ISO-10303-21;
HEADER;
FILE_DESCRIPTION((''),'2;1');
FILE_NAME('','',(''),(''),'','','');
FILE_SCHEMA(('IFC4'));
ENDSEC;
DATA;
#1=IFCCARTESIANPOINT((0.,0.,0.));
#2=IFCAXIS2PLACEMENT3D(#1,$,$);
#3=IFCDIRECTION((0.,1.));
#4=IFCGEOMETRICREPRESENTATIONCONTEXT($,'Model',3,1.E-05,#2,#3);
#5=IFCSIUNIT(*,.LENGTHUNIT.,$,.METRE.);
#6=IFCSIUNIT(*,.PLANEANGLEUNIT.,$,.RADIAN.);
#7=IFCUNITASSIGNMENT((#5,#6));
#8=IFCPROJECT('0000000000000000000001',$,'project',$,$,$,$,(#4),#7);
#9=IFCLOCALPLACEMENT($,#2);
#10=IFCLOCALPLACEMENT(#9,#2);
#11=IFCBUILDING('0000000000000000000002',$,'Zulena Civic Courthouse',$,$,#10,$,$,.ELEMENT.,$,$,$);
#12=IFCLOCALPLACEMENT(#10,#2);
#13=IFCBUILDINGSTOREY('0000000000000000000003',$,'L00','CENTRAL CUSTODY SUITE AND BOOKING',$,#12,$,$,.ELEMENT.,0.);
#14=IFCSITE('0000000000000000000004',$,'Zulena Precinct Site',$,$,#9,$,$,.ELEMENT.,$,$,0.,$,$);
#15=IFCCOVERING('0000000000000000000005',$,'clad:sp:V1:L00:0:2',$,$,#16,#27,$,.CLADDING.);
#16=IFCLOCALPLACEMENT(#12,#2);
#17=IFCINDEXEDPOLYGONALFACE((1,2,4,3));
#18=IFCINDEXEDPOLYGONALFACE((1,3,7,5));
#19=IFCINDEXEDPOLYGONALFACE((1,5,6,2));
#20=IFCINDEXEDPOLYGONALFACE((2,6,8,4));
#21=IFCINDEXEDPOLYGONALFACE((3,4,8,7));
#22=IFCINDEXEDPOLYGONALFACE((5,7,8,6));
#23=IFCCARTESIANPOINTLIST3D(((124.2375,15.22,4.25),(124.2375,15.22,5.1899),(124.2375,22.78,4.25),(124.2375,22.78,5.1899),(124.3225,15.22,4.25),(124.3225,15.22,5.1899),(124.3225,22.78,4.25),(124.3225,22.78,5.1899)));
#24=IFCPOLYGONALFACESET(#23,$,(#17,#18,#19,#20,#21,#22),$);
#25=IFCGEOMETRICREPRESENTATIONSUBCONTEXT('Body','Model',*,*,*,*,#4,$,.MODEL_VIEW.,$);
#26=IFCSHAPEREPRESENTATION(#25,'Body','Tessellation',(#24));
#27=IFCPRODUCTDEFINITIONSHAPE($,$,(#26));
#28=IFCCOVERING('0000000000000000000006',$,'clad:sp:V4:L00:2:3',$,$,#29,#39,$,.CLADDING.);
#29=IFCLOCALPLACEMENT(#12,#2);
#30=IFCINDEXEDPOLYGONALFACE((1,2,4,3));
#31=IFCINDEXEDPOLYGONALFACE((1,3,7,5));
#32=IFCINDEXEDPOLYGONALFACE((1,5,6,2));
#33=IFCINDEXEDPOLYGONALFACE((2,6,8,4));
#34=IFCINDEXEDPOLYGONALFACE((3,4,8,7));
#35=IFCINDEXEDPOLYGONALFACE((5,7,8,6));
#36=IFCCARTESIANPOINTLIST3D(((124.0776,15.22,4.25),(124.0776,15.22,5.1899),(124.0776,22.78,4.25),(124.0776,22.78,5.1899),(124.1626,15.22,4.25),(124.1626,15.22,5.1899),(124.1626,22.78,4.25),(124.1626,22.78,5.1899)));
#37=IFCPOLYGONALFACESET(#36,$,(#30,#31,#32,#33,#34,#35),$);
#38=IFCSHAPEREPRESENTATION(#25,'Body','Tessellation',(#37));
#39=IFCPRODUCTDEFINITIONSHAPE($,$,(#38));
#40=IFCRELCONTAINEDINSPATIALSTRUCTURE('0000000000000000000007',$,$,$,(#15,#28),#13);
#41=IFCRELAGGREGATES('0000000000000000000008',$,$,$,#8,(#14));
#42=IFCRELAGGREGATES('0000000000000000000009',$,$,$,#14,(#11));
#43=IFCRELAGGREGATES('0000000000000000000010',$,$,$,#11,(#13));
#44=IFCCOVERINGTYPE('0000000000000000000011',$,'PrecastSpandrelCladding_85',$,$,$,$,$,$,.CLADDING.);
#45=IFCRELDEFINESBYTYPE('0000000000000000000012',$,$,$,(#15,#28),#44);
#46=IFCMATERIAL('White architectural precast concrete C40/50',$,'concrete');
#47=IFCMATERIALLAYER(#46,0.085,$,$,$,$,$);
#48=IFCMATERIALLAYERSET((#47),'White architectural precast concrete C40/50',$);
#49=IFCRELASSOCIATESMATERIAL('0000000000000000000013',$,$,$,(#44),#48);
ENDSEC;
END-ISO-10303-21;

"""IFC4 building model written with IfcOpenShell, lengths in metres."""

from ifc_helpers import new_model, si_unit, direction, frame, origin, origin_2d, place, context, subcontext, project, spatial, rectangle, extrude, material, layer, layer_set, type_object, element, save


model = new_model("IFC4")

# Units and contexts
model_context = context("Model", 3, precision=1e-05, world=origin(), true_north=direction((0.0, 1.0)))
body_context = subcontext(model_context, "Body", "Model", "MODEL_VIEW")
ifc_project = project(units=[si_unit("LENGTHUNIT", "METRE"), si_unit("PLANEANGLEUNIT", "RADIAN")], contexts=[model_context])

# Site, building, storey
site_placement = place(None, origin())
site = spatial("IfcSite", under=ifc_project, at=site_placement, Name="Zulena Precinct Site", CompositionType="ELEMENT", RefElevation=0.0)
building_placement = place(site_placement, origin())
building = spatial("IfcBuilding", under=site, at=building_placement, Name="Zulena Civic Courthouse", CompositionType="ELEMENT")
storey_placement = place(building_placement, origin())
storey = spatial("IfcBuildingStorey", under=building, at=storey_placement, Name="L00", Description="CENTRAL CUSTODY SUITE AND BOOKING", CompositionType="ELEMENT", Elevation=0.0)

# Coverings
ifc_material_1 = material(Name="White architectural precast concrete C40/50", Category="concrete")
ifc_layer_1 = layer(ifc_material_1, 0.085)
ifc_layer_set_1 = layer_set([ifc_layer_1], Name="White architectural precast concrete C40/50")
covering_type = type_object("IfcCoveringType", Name="PrecastSpandrelCladding_85", PredefinedType="CLADDING", material=ifc_layer_set_1)
for number, where, z_axis, x_axis, name in (
    (1, (124.28, 19.0, 4.25), (0.0, 0.0, 1.0), (0.0, 1.0, 0.0), "clad:sp:V1:L00:0:2"),
    (2, (124.1201, 19.0, 4.25), (0.0, 0.0, 1.0), (0.0, -1.0, 0.0), "clad:sp:V4:L00:2:3"),
):
    element("IfcCovering", number, at=place(storey_placement, frame(where, z_axis=z_axis, x_axis=x_axis)), inside=storey, type_object=covering_type, Name=name, PredefinedType="CLADDING", context=body_context, shape_type="SweptSolid", body=[
        extrude(rectangle(XDim=7.5601, YDim=0.085, at=origin_2d()), origin(), (0.0, 0.0, 1.0), 0.9399),
    ])

save(model, "model.ifc")
